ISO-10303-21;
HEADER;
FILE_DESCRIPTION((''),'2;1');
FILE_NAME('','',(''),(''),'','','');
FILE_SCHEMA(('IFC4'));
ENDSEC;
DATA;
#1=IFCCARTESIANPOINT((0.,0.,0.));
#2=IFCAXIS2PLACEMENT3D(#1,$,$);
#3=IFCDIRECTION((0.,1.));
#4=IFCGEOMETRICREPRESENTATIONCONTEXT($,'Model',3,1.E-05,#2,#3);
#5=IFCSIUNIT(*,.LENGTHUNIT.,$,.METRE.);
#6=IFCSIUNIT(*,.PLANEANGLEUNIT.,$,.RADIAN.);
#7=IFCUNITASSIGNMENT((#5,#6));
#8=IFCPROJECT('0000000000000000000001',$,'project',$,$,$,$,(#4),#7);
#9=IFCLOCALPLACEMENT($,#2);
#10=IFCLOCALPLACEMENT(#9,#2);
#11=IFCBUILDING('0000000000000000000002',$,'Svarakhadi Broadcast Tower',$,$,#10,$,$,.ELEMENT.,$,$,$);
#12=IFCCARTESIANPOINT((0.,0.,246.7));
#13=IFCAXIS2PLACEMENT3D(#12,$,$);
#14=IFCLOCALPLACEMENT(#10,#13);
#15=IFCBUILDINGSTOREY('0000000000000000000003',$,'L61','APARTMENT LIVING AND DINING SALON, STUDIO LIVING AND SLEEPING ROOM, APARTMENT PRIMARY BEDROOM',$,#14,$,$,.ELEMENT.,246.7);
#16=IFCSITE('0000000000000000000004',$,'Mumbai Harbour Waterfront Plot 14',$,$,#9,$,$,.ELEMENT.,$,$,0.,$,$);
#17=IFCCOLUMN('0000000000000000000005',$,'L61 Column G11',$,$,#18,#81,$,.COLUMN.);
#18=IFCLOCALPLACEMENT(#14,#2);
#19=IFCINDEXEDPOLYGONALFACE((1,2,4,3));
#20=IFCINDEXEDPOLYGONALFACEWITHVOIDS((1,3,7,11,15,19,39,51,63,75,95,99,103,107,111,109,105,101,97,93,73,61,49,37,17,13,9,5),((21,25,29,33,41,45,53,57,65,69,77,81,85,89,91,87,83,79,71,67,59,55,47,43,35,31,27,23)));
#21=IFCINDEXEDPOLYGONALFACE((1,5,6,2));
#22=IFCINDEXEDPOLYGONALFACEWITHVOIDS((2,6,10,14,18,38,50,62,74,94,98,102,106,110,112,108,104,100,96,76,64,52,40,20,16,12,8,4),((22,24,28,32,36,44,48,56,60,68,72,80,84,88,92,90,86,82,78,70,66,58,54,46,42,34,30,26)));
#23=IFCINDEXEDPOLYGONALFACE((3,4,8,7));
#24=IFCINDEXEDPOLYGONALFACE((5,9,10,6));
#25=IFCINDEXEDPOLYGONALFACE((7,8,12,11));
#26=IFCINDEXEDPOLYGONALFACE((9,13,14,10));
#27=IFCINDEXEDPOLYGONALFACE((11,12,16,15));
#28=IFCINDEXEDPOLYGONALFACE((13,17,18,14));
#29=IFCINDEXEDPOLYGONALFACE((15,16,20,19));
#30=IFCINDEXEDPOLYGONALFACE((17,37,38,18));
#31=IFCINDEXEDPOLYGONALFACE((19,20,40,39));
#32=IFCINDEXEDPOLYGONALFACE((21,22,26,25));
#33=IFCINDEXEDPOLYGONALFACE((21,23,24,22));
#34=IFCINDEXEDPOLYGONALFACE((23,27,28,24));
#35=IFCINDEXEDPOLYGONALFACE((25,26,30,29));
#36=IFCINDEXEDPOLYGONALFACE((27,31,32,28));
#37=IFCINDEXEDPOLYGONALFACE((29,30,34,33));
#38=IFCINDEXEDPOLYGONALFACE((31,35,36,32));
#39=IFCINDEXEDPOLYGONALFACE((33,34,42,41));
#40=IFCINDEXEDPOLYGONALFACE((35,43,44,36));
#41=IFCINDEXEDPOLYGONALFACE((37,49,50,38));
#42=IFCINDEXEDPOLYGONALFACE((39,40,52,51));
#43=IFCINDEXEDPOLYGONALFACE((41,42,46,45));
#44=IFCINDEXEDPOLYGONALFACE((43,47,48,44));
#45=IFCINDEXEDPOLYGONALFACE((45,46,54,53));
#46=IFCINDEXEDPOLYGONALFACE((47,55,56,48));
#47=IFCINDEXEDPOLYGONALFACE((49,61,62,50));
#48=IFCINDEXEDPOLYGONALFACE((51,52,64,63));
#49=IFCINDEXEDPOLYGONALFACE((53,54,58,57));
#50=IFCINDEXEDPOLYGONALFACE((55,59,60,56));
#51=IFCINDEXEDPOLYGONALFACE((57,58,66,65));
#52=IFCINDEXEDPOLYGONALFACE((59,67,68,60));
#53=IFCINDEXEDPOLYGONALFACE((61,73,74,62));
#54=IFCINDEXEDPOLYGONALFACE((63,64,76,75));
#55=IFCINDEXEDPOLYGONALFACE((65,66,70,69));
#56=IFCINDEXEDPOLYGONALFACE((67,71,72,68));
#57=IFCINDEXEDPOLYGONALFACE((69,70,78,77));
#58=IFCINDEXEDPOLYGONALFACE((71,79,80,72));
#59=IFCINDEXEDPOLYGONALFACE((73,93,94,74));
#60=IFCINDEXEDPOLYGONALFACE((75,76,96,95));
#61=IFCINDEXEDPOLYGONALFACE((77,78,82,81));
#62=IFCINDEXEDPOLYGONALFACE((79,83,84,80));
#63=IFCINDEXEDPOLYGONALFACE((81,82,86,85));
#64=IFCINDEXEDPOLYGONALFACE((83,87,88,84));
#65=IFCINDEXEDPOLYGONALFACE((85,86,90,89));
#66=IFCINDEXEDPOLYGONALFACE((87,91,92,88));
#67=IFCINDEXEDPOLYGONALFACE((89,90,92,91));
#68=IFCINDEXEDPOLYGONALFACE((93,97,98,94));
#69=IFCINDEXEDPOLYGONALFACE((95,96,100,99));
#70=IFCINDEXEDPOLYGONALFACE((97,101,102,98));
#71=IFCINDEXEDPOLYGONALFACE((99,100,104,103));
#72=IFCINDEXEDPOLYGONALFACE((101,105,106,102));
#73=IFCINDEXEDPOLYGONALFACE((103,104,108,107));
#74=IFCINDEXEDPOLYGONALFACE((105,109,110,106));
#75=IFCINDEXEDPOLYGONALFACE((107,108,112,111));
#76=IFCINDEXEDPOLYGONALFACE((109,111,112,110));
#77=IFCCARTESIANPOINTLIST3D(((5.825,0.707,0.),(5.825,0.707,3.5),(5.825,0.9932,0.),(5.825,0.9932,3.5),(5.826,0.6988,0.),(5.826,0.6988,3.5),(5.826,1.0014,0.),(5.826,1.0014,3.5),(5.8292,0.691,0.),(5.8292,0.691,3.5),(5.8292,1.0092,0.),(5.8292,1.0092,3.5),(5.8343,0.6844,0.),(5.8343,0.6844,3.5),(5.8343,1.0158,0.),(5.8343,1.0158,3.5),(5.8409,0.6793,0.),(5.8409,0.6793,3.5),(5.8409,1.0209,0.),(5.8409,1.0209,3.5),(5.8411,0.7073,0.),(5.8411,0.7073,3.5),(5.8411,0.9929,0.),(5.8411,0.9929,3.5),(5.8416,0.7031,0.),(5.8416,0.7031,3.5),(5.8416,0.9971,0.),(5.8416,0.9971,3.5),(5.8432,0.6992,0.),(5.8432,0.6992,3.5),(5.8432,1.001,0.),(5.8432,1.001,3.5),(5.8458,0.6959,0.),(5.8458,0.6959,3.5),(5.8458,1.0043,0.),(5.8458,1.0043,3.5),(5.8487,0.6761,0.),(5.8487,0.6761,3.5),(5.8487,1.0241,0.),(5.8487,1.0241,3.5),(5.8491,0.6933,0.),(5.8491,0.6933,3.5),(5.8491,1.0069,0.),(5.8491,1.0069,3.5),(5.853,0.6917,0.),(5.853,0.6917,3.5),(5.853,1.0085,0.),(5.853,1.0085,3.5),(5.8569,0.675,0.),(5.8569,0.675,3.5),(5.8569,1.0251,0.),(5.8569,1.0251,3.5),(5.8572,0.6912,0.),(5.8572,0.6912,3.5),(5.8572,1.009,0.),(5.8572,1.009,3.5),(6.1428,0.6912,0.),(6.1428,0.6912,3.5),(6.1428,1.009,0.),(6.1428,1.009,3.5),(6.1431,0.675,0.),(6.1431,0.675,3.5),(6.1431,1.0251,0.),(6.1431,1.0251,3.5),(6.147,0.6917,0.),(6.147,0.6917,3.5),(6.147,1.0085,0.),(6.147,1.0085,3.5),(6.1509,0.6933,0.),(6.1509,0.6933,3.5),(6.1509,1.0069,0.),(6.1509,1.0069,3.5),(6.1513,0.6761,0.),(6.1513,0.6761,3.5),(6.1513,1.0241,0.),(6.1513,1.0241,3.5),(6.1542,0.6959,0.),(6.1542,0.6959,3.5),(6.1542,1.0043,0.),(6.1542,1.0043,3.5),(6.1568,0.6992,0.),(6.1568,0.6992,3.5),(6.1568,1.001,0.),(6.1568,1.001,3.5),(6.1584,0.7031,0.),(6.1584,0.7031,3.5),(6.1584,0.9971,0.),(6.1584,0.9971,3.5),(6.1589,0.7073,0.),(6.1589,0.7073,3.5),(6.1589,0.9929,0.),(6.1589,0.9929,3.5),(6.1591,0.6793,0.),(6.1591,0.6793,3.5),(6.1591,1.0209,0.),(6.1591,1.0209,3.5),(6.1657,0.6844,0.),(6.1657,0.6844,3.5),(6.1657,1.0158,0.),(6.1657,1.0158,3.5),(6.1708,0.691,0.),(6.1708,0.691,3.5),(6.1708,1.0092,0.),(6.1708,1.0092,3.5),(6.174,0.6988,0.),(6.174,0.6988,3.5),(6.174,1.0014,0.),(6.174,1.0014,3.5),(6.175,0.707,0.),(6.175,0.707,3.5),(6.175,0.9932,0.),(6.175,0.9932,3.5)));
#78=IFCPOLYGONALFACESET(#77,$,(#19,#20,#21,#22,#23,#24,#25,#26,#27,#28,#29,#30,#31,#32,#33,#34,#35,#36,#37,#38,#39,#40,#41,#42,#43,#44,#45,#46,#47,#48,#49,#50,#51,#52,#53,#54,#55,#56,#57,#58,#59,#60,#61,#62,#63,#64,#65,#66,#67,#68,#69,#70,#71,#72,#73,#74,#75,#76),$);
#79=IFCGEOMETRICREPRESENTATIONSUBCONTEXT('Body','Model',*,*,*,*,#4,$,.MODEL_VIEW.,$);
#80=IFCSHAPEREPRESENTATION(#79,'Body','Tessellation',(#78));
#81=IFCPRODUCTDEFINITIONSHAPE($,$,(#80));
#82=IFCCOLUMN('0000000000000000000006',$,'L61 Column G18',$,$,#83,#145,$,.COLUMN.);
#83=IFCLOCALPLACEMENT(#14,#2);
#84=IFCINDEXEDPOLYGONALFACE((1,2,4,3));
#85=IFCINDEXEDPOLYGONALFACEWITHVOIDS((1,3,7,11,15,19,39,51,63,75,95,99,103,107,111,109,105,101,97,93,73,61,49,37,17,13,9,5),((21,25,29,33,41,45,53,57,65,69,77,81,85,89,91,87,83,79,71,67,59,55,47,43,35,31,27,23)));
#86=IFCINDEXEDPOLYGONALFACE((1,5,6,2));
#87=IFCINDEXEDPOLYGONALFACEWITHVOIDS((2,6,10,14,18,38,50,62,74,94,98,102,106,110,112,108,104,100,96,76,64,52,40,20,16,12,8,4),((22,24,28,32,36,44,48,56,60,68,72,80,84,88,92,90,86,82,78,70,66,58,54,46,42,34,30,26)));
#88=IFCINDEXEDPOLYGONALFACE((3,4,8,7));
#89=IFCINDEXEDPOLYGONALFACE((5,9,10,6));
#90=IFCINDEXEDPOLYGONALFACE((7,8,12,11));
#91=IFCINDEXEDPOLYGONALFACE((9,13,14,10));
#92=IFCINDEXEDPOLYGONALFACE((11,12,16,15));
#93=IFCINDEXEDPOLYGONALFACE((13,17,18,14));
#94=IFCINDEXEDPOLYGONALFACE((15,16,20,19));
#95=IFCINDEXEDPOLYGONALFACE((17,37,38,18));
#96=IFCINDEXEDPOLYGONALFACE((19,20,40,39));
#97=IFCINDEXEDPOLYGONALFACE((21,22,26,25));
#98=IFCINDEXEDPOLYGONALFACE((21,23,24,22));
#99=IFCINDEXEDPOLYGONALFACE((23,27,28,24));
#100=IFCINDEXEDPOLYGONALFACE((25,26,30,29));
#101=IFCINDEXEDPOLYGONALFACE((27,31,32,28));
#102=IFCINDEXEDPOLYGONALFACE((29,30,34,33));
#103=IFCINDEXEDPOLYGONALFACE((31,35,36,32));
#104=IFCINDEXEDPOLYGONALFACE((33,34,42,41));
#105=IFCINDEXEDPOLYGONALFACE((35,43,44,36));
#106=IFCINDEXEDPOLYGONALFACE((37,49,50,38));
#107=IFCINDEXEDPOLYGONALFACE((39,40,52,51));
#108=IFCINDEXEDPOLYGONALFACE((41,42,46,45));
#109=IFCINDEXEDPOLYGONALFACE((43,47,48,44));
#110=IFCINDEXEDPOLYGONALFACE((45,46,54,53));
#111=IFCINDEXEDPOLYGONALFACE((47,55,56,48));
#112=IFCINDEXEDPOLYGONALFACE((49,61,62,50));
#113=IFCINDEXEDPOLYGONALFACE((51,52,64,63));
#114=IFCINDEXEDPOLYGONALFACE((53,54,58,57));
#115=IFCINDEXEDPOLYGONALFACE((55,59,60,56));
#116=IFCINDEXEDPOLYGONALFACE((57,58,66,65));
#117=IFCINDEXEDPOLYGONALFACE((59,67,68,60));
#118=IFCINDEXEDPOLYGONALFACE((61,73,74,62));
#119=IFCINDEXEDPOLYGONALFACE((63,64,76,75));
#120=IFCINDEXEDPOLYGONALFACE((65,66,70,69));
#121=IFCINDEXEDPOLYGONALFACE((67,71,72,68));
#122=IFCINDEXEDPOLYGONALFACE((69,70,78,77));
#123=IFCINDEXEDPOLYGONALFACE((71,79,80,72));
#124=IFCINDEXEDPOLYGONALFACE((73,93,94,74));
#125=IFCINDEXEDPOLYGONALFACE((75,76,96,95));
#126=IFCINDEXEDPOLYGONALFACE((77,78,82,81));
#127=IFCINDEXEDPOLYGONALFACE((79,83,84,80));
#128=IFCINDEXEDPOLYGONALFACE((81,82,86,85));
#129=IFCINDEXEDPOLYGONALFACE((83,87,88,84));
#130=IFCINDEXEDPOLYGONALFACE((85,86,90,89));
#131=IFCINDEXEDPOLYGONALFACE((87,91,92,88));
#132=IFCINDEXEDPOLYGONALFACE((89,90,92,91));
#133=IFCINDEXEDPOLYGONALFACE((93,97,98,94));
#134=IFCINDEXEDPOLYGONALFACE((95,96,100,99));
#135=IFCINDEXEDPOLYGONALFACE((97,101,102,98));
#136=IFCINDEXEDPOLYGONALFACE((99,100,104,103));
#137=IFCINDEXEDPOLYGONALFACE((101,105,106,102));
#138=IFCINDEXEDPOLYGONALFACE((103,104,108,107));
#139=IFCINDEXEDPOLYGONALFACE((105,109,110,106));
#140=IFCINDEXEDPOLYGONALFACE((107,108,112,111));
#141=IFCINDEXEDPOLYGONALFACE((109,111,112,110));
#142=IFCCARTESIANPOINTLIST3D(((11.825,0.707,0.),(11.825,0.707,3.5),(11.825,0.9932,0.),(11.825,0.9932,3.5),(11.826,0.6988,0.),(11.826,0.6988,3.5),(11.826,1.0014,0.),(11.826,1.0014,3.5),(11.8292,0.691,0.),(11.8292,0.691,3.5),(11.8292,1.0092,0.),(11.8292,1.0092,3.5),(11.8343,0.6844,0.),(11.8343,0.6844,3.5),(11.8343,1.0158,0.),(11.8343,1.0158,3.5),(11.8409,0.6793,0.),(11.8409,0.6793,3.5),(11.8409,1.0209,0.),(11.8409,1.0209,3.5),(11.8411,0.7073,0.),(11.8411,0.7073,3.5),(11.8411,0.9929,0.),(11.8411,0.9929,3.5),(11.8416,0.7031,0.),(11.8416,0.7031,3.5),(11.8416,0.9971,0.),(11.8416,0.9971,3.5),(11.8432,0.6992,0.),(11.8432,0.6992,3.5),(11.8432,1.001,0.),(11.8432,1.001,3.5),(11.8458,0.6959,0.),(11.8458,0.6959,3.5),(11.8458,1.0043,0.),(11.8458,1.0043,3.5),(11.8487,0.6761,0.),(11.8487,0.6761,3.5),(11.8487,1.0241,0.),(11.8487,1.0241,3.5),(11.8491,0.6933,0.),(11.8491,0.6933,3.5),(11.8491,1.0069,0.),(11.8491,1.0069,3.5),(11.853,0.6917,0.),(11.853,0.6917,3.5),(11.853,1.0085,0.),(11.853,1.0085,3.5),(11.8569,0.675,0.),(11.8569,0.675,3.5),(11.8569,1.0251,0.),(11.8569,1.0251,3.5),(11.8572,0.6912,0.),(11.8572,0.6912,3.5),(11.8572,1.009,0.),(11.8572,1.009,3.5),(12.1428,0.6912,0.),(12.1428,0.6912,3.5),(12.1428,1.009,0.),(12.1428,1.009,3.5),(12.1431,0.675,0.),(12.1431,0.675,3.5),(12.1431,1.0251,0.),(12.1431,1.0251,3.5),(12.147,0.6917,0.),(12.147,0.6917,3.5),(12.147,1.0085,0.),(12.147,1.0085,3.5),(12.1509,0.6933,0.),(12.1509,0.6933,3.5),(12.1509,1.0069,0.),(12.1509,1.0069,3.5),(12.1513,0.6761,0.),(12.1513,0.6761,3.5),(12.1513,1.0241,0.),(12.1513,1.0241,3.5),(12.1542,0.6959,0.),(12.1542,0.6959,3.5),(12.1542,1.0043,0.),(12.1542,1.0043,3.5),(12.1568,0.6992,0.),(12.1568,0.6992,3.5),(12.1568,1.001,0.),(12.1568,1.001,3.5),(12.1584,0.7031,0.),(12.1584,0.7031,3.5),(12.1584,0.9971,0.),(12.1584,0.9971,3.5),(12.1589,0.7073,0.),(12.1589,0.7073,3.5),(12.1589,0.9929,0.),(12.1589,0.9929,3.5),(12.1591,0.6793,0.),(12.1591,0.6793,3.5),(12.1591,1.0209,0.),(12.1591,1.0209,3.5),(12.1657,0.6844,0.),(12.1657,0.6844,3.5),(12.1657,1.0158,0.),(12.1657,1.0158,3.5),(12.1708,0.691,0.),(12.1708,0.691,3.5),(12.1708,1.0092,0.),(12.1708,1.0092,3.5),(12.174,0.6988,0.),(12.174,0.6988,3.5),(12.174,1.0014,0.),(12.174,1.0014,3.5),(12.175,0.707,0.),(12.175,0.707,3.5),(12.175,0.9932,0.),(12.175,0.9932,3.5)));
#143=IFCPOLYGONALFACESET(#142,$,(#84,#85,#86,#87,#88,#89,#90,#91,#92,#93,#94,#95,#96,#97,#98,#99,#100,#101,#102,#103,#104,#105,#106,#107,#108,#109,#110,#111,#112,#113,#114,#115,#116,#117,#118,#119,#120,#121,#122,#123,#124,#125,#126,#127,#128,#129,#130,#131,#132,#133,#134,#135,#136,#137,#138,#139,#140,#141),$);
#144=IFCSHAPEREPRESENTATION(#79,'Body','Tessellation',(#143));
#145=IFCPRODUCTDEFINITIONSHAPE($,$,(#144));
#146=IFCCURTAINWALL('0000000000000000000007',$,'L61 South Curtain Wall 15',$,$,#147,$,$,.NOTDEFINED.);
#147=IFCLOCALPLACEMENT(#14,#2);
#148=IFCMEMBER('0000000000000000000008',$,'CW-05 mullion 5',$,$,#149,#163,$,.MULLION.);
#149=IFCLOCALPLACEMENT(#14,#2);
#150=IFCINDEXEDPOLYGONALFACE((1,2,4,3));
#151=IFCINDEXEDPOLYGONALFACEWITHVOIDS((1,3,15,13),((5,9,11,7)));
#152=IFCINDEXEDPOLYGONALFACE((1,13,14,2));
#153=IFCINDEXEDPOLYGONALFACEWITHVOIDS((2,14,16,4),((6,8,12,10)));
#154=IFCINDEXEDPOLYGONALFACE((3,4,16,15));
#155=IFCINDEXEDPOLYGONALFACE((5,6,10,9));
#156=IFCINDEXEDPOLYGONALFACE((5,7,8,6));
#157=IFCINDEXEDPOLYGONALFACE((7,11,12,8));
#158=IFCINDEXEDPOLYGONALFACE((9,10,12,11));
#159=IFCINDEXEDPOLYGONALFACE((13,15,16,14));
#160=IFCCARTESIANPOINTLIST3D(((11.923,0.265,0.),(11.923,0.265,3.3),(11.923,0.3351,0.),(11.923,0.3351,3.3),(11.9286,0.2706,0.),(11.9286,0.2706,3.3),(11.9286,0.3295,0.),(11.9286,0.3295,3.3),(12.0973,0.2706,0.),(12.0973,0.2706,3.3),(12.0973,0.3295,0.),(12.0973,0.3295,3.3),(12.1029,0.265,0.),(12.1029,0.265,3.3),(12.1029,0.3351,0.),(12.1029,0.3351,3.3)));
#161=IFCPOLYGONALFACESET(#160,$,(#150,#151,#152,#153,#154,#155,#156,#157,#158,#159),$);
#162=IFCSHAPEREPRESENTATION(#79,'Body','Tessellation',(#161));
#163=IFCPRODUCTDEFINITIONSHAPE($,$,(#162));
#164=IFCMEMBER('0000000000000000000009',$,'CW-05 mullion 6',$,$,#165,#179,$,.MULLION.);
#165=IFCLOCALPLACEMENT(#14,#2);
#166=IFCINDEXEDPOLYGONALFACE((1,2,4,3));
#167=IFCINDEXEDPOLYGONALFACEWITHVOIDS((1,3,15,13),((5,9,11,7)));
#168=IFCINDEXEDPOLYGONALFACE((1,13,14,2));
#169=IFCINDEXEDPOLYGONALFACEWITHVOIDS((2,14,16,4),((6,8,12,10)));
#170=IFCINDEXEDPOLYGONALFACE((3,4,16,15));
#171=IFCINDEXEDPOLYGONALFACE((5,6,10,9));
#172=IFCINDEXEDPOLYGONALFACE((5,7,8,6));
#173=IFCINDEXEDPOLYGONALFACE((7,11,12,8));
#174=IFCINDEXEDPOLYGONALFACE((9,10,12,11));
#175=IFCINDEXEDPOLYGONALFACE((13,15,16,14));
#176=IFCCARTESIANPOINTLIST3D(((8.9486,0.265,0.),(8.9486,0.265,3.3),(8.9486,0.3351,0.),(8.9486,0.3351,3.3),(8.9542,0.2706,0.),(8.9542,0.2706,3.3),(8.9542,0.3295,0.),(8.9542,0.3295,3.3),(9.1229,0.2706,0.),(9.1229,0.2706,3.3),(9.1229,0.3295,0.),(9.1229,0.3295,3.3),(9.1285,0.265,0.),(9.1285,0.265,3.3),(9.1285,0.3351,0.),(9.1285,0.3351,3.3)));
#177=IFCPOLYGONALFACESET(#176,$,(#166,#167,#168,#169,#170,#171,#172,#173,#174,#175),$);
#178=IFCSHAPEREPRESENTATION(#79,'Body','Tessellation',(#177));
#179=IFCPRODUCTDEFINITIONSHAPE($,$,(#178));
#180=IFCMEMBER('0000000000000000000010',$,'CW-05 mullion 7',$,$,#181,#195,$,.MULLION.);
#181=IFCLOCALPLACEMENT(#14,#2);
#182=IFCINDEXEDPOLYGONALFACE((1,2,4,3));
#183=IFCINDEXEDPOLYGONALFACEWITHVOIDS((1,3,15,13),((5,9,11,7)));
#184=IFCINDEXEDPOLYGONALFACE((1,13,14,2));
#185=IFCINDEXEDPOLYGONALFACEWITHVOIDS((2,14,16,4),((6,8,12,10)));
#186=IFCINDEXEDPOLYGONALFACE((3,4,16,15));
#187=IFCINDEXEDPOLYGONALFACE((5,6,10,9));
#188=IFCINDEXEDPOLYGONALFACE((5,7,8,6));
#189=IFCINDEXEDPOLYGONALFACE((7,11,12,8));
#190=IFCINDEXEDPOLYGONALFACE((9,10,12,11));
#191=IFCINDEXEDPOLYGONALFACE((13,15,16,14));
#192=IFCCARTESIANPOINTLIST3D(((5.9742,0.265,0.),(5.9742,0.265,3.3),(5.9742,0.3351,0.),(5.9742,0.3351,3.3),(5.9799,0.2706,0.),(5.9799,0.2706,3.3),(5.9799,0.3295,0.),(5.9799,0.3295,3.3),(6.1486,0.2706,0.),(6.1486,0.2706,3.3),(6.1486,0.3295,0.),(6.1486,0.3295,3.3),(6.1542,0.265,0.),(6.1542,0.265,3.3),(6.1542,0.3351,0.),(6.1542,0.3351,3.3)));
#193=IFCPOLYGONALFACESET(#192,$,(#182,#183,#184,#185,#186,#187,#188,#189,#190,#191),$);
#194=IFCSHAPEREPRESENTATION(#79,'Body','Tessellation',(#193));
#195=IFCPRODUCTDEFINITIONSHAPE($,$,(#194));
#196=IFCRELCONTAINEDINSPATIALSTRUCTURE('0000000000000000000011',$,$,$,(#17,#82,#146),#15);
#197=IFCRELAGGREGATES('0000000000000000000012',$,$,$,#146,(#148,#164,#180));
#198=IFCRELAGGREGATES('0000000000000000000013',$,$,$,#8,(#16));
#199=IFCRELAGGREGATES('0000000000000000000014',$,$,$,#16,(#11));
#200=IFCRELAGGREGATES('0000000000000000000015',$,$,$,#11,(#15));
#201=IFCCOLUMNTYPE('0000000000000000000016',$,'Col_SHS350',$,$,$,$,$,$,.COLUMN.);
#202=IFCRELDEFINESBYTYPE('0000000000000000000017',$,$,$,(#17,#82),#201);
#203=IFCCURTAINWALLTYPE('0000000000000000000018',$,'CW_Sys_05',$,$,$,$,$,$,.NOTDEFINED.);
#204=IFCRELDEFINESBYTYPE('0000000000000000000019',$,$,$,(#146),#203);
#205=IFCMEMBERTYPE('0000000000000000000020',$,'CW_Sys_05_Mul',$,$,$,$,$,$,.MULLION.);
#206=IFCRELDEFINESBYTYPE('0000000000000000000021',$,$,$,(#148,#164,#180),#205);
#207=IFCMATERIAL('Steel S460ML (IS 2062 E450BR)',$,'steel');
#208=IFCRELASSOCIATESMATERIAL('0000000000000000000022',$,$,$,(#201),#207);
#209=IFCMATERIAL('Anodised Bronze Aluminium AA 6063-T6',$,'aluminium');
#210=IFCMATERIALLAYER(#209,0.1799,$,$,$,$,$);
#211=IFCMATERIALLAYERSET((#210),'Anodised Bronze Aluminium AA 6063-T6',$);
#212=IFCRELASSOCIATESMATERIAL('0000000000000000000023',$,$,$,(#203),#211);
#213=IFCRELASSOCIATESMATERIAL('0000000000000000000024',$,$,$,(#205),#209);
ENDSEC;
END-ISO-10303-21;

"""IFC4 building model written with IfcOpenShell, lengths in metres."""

from ifc_helpers import new_model, si_unit, direction, frame, origin, origin_2d, place, context, subcontext, project, spatial, hollow_rectangle, extrude, material, layer, layer_set, material_profile, profile_set, type_object, element, aggregate, save


model = new_model("IFC4")

# Units and contexts
model_context = context("Model", 3, precision=1e-05, world=origin(), true_north=direction((0.0, 1.0)))
body_context = subcontext(model_context, "Body", "Model", "MODEL_VIEW")
ifc_project = project(units=[si_unit("LENGTHUNIT", "METRE"), si_unit("PLANEANGLEUNIT", "RADIAN")], contexts=[model_context])

# Site, building, storey
site_placement = place(None, origin())
site = spatial("IfcSite", under=ifc_project, at=site_placement, Name="Mumbai Harbour Waterfront Plot 14", CompositionType="ELEMENT", RefElevation=0.0)
building_placement = place(site_placement, origin())
building = spatial("IfcBuilding", under=site, at=building_placement, Name="Svarakhadi Broadcast Tower", CompositionType="ELEMENT")
storey_placement = place(building_placement, frame((0.0, 0.0, 246.7)))
storey = spatial("IfcBuildingStorey", under=building, at=storey_placement, Name="L61", Description="APARTMENT LIVING AND DINING SALON, STUDIO LIVING AND SLEEPING ROOM, APARTMENT PRIMARY BEDROOM", CompositionType="ELEMENT", Elevation=246.7)

# Columns
ifc_material_1 = material(Name="Steel S460ML (IS 2062 E450BR)", Category="steel")
ifc_material_profile_1 = material_profile(ifc_material_1, hollow_rectangle(XDim=0.3501, YDim=0.3501, WallThickness=0.0161, InnerFilletRadius=0.0161, OuterFilletRadius=0.032, at=origin_2d()), Name="SHS 350x350x16")
ifc_profile_set_1 = profile_set([ifc_material_profile_1], Name="Steel S460ML (IS 2062 E450BR)")
column_type = type_object("IfcColumnType", Name="Col_SHS350", PredefinedType="COLUMN", material=ifc_profile_set_1)
for number, where, z_axis, x_axis, name in (
    (1, (6.0, 0.8501, 0.0), (0.0, 0.0, 1.0), (1.0, 0.0, 0.0), "L61 Column G11"),
    (2, (12.0, 0.8501, 0.0), (0.0, 0.0, 1.0), (1.0, 0.0, 0.0), "L61 Column G18"),
):
    element("IfcColumn", number, at=place(storey_placement, frame(where, z_axis=z_axis, x_axis=x_axis)), inside=storey, type_object=column_type, Name=name, PredefinedType="COLUMN", context=body_context, shape_type="SweptSolid", body=[
        extrude(hollow_rectangle(XDim=0.3501, YDim=0.3501, WallThickness=0.0161, InnerFilletRadius=0.0161, OuterFilletRadius=0.032, at=origin_2d()), origin(), (0.0, 0.0, 1.0), 3.5),
    ])

# Curtain wall, members
ifc_material_2 = material(Name="Anodised Bronze Aluminium AA 6063-T6", Category="aluminium")
ifc_layer_1 = layer(ifc_material_2, 0.1799)
ifc_layer_set_1 = layer_set([ifc_layer_1], Name="Anodised Bronze Aluminium AA 6063-T6")
curtain_wall_type = type_object("IfcCurtainWallType", Name="CW_Sys_05", PredefinedType="NOTDEFINED", material=ifc_layer_set_1)
curtain_wall_placement = place(storey_placement, origin())
curtain_wall = element("IfcCurtainWall", 3, at=curtain_wall_placement, inside=storey, type_object=curtain_wall_type, Name="L61 South Curtain Wall 15", PredefinedType="NOTDEFINED")
ifc_material_profile_2 = material_profile(ifc_material_2, hollow_rectangle(XDim=0.0701, YDim=0.1799, WallThickness=0.0056, at=origin_2d()), Name="ALU MULLION 180x70x6")
ifc_profile_set_2 = profile_set([ifc_material_profile_2], Name="Anodised Bronze Aluminium AA 6063-T6")
member_type_1 = type_object("IfcMemberType", Name="CW_Sys_05_Mul", PredefinedType="MULLION", material=ifc_profile_set_2)
member_1_placement = place(storey_placement, frame((12.0129, 0.3, 0.0), z_axis=(0.0, 0.0, 1.0), x_axis=(0.0, -1.0, 0.0)))
member_1 = element("IfcMember", 4, at=member_1_placement, type_object=member_type_1, Name="CW-05 mullion 5", PredefinedType="MULLION", context=body_context, shape_type="SweptSolid", body=[
    extrude(hollow_rectangle(XDim=0.0701, YDim=0.1799, WallThickness=0.0056, at=origin_2d()), origin(), (0.0, 0.0, 1.0), 3.3),
])
member_2_placement = place(storey_placement, frame((9.0386, 0.3, 0.0), z_axis=(0.0, 0.0, 1.0), x_axis=(0.0, -1.0, 0.0)))
member_2 = element("IfcMember", 5, at=member_2_placement, type_object=member_type_1, Name="CW-05 mullion 6", PredefinedType="MULLION", context=body_context, shape_type="SweptSolid", body=[
    extrude(hollow_rectangle(XDim=0.0701, YDim=0.1799, WallThickness=0.0056, at=origin_2d()), origin(), (0.0, 0.0, 1.0), 3.3),
])
member_3_placement = place(storey_placement, frame((6.0642, 0.3, 0.0), z_axis=(0.0, 0.0, 1.0), x_axis=(0.0, -1.0, 0.0)))
member_3 = element("IfcMember", 6, at=member_3_placement, type_object=member_type_1, Name="CW-05 mullion 7", PredefinedType="MULLION", context=body_context, shape_type="SweptSolid", body=[
    extrude(hollow_rectangle(XDim=0.0701, YDim=0.1799, WallThickness=0.0056, at=origin_2d()), origin(), (0.0, 0.0, 1.0), 3.3),
])

aggregate(curtain_wall, [member_1, member_2, member_3])

save(model, "model.ifc")
